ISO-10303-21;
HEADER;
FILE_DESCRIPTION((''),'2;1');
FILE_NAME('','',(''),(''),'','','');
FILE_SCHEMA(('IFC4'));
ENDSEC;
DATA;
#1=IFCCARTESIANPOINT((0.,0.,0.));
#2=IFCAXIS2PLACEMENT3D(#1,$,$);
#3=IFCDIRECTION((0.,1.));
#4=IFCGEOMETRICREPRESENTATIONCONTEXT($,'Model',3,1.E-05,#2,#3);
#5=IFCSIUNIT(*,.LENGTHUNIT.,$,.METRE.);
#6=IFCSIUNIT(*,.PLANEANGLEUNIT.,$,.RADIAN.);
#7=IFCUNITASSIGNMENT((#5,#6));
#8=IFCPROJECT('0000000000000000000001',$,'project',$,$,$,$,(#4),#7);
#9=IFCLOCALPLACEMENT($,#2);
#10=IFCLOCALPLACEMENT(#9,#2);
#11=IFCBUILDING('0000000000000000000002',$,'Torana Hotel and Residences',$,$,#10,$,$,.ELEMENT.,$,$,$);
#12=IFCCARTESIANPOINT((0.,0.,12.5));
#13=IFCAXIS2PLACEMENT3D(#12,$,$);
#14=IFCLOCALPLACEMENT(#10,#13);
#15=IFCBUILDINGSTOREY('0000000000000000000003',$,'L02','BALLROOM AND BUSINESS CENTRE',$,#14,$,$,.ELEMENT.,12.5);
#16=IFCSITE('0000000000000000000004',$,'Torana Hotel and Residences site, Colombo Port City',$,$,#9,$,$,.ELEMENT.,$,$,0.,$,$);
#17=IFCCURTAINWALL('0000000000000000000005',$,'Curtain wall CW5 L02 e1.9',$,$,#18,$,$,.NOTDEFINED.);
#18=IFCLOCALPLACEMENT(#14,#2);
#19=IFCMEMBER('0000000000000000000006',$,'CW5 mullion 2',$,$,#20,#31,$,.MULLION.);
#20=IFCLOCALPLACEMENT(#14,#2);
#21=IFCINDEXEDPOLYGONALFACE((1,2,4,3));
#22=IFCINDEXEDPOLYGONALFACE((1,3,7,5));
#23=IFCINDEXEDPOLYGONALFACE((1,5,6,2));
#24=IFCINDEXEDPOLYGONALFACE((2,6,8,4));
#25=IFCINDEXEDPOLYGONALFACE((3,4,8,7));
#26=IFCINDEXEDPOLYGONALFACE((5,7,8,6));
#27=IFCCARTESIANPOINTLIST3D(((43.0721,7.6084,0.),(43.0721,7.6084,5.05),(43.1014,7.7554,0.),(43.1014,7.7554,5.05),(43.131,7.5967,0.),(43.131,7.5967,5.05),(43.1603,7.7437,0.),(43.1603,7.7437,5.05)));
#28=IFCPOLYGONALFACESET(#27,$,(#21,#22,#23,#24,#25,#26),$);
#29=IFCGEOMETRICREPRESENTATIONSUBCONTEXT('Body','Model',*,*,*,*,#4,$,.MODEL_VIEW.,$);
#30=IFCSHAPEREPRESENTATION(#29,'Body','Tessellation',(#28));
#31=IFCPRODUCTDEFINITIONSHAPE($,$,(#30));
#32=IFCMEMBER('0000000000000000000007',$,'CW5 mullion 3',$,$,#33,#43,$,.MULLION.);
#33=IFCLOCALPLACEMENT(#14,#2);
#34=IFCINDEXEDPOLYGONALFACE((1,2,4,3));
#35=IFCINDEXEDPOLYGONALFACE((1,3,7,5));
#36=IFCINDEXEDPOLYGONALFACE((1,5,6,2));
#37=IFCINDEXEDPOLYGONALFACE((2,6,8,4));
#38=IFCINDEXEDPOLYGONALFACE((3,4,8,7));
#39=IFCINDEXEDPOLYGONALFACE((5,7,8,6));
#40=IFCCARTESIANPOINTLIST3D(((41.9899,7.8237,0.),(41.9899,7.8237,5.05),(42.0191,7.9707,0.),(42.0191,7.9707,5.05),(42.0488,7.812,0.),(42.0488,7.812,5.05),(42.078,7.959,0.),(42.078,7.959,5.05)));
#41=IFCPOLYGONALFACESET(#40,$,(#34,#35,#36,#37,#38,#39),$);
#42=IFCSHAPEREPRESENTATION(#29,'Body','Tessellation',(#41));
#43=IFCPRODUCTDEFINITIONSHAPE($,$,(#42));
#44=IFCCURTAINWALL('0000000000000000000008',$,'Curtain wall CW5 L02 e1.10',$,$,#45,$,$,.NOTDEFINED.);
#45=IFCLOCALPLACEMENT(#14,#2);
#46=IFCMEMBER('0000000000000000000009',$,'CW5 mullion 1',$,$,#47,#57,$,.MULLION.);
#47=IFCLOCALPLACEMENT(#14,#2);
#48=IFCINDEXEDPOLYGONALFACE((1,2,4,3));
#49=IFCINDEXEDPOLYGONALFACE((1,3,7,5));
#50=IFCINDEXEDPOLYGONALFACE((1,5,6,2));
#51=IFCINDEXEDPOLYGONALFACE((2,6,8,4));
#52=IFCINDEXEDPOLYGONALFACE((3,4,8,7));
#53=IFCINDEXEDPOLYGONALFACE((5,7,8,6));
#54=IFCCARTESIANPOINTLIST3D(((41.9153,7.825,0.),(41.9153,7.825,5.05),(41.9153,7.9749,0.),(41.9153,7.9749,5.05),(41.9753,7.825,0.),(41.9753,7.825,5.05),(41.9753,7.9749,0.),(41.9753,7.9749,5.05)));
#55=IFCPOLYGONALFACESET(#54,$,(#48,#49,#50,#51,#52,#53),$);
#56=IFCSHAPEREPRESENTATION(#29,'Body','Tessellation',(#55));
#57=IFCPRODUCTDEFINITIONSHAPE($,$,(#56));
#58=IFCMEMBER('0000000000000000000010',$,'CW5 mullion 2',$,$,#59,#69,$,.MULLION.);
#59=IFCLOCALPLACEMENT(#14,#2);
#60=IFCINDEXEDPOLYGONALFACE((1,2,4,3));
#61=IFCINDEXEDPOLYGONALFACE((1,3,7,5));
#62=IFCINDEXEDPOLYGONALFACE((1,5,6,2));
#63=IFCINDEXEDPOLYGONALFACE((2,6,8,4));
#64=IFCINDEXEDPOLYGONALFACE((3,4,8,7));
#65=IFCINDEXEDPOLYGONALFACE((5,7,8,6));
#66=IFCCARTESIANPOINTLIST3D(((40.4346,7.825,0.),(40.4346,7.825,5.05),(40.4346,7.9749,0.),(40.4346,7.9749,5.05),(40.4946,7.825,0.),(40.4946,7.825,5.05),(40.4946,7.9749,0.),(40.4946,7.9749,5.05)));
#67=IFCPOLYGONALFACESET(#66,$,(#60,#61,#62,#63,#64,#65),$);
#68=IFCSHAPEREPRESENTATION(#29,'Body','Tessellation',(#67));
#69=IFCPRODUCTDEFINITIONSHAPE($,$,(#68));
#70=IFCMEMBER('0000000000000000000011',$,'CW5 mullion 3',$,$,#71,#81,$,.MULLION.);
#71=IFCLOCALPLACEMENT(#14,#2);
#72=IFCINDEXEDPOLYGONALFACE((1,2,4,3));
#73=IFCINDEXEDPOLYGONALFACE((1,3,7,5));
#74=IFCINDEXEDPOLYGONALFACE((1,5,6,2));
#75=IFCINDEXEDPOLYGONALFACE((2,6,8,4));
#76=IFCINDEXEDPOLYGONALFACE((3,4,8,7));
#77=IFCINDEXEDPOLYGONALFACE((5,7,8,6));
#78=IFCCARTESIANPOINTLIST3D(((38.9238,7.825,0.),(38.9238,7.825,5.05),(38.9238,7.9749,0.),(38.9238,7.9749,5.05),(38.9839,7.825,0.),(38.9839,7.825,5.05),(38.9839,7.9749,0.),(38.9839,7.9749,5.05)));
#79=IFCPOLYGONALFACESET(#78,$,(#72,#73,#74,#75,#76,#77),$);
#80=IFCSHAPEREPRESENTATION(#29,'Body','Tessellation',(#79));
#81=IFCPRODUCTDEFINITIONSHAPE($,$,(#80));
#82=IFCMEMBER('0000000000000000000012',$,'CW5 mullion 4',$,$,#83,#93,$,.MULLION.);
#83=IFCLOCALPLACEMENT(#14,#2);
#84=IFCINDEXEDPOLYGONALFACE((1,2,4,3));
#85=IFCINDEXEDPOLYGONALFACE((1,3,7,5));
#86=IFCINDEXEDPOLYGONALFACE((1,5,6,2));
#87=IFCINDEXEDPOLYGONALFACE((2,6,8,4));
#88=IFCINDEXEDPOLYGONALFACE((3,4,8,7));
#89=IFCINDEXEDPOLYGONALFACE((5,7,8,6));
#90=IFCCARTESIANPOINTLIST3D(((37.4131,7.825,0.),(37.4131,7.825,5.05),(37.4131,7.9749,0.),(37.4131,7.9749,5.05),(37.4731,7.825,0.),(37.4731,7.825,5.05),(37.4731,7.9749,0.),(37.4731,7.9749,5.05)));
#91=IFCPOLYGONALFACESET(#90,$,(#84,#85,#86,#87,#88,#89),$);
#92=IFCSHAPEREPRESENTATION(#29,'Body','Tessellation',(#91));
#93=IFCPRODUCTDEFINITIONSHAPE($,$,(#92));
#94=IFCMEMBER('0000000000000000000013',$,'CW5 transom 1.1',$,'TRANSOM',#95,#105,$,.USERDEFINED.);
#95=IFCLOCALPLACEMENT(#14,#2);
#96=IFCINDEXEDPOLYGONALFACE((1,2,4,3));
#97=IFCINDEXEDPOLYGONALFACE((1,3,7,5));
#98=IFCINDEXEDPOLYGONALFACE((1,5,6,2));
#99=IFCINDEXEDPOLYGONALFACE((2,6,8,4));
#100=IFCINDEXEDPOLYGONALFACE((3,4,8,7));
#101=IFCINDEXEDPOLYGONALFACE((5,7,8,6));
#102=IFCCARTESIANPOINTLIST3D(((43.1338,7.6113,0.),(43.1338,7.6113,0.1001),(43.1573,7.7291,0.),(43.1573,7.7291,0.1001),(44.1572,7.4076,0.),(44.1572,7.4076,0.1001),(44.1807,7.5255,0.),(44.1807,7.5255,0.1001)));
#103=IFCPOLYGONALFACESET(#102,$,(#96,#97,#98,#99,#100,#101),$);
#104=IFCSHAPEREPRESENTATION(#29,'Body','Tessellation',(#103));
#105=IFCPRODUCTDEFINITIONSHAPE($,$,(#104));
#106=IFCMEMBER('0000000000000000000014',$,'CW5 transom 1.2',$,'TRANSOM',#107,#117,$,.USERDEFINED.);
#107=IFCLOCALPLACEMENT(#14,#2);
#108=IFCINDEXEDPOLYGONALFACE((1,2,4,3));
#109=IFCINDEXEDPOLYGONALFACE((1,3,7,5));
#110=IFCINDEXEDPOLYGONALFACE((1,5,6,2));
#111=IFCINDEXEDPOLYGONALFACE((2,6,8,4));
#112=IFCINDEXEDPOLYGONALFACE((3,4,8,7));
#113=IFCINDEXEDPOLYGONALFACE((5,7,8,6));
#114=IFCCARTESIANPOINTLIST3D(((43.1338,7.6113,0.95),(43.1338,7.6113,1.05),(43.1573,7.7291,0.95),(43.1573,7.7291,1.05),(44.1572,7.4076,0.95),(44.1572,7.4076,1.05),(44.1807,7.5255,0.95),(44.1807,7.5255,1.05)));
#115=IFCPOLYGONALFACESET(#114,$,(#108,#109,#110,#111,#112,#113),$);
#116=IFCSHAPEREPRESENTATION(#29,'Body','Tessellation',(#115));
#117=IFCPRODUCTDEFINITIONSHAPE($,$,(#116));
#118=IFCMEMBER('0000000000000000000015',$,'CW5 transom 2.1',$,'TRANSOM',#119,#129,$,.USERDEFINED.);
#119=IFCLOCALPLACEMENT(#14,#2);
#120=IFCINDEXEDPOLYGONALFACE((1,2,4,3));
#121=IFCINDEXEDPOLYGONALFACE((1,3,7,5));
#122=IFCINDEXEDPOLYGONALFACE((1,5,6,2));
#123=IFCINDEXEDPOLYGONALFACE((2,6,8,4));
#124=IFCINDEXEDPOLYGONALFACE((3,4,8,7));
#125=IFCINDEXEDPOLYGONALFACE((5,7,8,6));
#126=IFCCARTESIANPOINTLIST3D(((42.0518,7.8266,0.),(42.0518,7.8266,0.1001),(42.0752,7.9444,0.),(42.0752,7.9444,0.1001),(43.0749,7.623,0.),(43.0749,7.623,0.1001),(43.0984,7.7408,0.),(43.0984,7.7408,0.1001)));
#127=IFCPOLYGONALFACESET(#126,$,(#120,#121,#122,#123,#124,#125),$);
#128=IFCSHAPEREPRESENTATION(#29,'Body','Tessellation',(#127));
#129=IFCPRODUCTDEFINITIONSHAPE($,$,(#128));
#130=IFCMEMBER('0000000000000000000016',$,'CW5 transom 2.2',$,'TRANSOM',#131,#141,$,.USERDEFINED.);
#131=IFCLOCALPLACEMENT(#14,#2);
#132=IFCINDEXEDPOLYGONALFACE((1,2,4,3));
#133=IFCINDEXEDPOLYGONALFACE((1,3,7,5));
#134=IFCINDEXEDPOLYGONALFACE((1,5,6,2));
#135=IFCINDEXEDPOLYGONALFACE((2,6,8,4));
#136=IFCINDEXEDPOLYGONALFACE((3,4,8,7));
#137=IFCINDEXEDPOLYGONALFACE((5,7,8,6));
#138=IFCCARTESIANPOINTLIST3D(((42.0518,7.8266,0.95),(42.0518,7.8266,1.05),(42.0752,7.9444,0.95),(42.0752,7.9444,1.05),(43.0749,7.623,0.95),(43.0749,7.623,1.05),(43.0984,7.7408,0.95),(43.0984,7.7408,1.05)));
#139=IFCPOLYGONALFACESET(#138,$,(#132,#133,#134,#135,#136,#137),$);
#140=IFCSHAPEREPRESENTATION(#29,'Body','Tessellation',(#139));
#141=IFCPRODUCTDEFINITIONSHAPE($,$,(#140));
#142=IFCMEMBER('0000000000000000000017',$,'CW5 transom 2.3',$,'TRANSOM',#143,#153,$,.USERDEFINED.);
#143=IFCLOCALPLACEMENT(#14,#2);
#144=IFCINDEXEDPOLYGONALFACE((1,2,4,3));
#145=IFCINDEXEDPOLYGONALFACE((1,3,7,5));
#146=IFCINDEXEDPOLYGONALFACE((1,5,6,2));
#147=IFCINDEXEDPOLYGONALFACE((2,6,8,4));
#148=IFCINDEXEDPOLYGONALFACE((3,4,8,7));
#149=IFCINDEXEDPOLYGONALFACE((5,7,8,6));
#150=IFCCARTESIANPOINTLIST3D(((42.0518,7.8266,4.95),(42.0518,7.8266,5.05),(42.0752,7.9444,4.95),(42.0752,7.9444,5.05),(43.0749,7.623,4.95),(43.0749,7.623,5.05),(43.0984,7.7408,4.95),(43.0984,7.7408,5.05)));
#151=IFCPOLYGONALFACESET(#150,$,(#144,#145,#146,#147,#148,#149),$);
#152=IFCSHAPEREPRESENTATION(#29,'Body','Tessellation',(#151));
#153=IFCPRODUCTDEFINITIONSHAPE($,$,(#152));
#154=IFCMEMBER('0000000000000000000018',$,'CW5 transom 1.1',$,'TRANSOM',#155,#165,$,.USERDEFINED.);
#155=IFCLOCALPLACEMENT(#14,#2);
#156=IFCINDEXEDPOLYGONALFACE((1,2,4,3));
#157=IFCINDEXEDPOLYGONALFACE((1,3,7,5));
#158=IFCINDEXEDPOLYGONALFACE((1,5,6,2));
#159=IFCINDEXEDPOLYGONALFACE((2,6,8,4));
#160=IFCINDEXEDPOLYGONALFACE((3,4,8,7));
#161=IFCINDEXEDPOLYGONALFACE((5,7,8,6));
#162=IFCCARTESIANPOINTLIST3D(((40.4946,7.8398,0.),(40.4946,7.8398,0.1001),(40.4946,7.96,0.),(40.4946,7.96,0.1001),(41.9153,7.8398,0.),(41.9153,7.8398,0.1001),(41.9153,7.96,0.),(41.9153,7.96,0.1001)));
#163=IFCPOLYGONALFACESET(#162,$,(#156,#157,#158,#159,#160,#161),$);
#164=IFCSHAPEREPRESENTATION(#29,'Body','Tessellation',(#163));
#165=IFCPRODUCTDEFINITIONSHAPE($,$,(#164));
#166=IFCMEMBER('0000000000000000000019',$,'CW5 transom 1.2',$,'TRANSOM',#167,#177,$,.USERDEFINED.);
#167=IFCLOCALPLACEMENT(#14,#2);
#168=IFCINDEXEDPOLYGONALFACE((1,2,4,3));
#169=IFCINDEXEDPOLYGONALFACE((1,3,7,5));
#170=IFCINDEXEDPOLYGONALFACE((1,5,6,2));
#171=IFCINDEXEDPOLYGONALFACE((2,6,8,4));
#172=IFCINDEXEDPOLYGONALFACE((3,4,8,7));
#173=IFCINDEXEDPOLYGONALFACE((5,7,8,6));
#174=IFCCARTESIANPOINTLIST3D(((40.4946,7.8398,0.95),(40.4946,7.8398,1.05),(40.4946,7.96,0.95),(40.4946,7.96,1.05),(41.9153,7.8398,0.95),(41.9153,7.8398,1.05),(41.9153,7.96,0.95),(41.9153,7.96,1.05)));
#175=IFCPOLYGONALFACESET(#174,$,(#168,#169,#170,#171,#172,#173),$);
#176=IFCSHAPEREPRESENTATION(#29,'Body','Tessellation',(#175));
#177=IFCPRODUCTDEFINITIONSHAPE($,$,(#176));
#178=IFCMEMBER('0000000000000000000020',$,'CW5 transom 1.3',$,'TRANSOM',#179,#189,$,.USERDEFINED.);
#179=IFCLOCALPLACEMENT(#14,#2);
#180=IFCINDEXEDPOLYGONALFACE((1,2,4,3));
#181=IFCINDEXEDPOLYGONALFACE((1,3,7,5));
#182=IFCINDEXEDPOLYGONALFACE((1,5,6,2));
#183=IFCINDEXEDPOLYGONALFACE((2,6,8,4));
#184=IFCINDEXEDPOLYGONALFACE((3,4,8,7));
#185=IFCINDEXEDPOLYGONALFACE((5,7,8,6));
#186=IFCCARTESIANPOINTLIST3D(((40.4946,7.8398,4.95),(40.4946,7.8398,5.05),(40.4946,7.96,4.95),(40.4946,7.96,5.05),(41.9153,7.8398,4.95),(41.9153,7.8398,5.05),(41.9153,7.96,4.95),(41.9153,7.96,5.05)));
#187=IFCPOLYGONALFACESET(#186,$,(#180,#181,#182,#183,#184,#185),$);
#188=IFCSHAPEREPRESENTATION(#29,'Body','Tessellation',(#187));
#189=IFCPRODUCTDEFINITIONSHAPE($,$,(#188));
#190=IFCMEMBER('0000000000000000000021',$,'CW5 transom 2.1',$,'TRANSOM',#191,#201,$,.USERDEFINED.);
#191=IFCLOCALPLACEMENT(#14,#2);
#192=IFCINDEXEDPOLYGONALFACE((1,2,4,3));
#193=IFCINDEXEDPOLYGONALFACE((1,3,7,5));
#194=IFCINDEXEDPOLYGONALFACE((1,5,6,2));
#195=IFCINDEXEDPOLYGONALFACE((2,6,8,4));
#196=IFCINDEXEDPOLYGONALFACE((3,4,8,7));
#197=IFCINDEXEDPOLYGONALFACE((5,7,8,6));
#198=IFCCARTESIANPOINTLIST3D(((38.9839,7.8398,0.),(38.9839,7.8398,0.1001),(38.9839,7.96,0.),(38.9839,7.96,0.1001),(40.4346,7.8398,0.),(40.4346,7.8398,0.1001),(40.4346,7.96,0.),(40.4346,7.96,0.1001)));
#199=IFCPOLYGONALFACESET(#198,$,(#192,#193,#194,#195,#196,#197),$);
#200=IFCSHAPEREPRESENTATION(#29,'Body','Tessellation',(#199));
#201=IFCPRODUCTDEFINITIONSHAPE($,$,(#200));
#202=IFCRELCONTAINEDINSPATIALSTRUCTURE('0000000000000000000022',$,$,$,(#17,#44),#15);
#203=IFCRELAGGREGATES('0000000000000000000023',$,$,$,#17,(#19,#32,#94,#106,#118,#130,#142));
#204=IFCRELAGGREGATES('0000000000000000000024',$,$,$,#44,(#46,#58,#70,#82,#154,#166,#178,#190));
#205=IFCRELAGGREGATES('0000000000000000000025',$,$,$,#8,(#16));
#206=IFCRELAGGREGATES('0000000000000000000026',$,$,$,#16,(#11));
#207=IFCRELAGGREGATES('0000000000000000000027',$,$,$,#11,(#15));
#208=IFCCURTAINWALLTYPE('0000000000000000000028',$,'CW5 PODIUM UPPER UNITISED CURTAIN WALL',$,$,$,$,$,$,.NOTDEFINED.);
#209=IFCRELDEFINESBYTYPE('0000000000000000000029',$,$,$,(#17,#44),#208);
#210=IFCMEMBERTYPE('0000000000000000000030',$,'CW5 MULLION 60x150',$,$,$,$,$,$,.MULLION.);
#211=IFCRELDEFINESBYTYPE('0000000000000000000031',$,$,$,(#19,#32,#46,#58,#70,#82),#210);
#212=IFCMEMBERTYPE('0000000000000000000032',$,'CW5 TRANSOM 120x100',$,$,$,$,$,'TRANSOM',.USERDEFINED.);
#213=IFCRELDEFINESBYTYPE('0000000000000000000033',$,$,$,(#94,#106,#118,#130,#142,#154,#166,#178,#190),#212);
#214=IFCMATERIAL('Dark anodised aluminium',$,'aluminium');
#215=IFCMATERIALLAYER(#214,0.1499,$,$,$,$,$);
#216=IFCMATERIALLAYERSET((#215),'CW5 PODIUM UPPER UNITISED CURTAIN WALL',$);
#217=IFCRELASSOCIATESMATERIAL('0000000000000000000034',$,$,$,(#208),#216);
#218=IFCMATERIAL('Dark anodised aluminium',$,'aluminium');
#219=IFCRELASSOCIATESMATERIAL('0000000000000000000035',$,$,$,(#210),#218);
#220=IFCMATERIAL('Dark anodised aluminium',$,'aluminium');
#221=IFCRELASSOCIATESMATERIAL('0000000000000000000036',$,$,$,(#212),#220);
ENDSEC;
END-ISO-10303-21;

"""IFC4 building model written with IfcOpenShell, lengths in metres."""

from ifc_helpers import new_model, si_unit, direction, frame, origin, origin_2d, place, context, subcontext, project, spatial, rectangle, extrude, material, layer, layer_set, material_profile, profile_set, type_object, element, aggregate, save


model = new_model("IFC4")

# Units and contexts
model_context = context("Model", 3, precision=1e-05, world=origin(), true_north=direction((0.0, 1.0)))
body_context = subcontext(model_context, "Body", "Model", "MODEL_VIEW")
ifc_project = project(units=[si_unit("LENGTHUNIT", "METRE"), si_unit("PLANEANGLEUNIT", "RADIAN")], contexts=[model_context])

# Site, building, storey
site_placement = place(None, origin())
site = spatial("IfcSite", under=ifc_project, at=site_placement, Name="Torana Hotel and Residences site, Colombo Port City", CompositionType="ELEMENT", RefElevation=0.0)
building_placement = place(site_placement, origin())
building = spatial("IfcBuilding", under=site, at=building_placement, Name="Torana Hotel and Residences", CompositionType="ELEMENT")
storey_placement = place(building_placement, frame((0.0, 0.0, 12.5)))
storey = spatial("IfcBuildingStorey", under=building, at=storey_placement, Name="L02", Description="BALLROOM AND BUSINESS CENTRE", CompositionType="ELEMENT", Elevation=12.5)

# Curtain walls, members
ifc_material_1 = material(Name="Dark anodised aluminium", Category="aluminium")
ifc_layer_1 = layer(ifc_material_1, 0.1499)
ifc_layer_set_1 = layer_set([ifc_layer_1], Name="CW5 PODIUM UPPER UNITISED CURTAIN WALL")
curtain_wall_type = type_object("IfcCurtainWallType", Name="CW5 PODIUM UPPER UNITISED CURTAIN WALL", PredefinedType="NOTDEFINED", material=ifc_layer_set_1)
curtain_wall_1_placement = place(storey_placement, origin())
curtain_wall_1 = element("IfcCurtainWall", 1, at=curtain_wall_1_placement, inside=storey, type_object=curtain_wall_type, Name="Curtain wall CW5 L02 e1.9", PredefinedType="NOTDEFINED")
ifc_material_2 = material(Name="Dark anodised aluminium", Category="aluminium")
ifc_material_profile_1 = material_profile(ifc_material_2, rectangle(XDim=0.1499, YDim=0.0601, at=origin_2d()), Name="CW5 MULLION 60x150")
ifc_profile_set_1 = profile_set([ifc_material_profile_1], Name="Dark anodised aluminium")
member_type_1 = type_object("IfcMemberType", Name="CW5 MULLION 60x150", PredefinedType="MULLION", material=ifc_profile_set_1)
member_1_placement = place(storey_placement, frame((43.1162, 7.676, 0.0), z_axis=(0.0, 0.0, 1.0), x_axis=(-0.195081, -0.980787, 0.0)))
member_1 = element("IfcMember", 2, at=member_1_placement, type_object=member_type_1, Name="CW5 mullion 2", PredefinedType="MULLION", context=body_context, shape_type="SweptSolid", body=[
    extrude(rectangle(XDim=0.1499, YDim=0.0601, at=origin_2d()), origin(), (0.0, 0.0, 1.0), 5.05),
])
member_2_placement = place(storey_placement, frame((42.0339, 7.8914, 0.0), z_axis=(0.0, 0.0, 1.0), x_axis=(-0.195081, -0.980787, 0.0)))
member_2 = element("IfcMember", 3, at=member_2_placement, type_object=member_type_1, Name="CW5 mullion 3", PredefinedType="MULLION", context=body_context, shape_type="SweptSolid", body=[
    extrude(rectangle(XDim=0.1499, YDim=0.0601, at=origin_2d()), origin(), (0.0, 0.0, 1.0), 5.05),
])
curtain_wall_2_placement = place(storey_placement, origin())
curtain_wall_2 = element("IfcCurtainWall", 4, at=curtain_wall_2_placement, inside=storey, type_object=curtain_wall_type, Name="Curtain wall CW5 L02 e1.10", PredefinedType="NOTDEFINED")
member_3_placement = place(storey_placement, frame((41.9453, 7.8999, 0.0), z_axis=(0.0, 0.0, 1.0), x_axis=(0.0, -1.0, 0.0)))
member_3 = element("IfcMember", 5, at=member_3_placement, type_object=member_type_1, Name="CW5 mullion 1", PredefinedType="MULLION", context=body_context, shape_type="SweptSolid", body=[
    extrude(rectangle(XDim=0.1499, YDim=0.0601, at=origin_2d()), origin(), (0.0, 0.0, 1.0), 5.05),
])
member_4_placement = place(storey_placement, frame((40.4646, 7.8999, 0.0), z_axis=(0.0, 0.0, 1.0), x_axis=(0.0, -1.0, 0.0)))
member_4 = element("IfcMember", 6, at=member_4_placement, type_object=member_type_1, Name="CW5 mullion 2", PredefinedType="MULLION", context=body_context, shape_type="SweptSolid", body=[
    extrude(rectangle(XDim=0.1499, YDim=0.0601, at=origin_2d()), origin(), (0.0, 0.0, 1.0), 5.05),
])
member_5_placement = place(storey_placement, frame((38.9539, 7.8999, 0.0), z_axis=(0.0, 0.0, 1.0), x_axis=(0.0, -1.0, 0.0)))
member_5 = element("IfcMember", 7, at=member_5_placement, type_object=member_type_1, Name="CW5 mullion 3", PredefinedType="MULLION", context=body_context, shape_type="SweptSolid", body=[
    extrude(rectangle(XDim=0.1499, YDim=0.0601, at=origin_2d()), origin(), (0.0, 0.0, 1.0), 5.05),
])
member_6_placement = place(storey_placement, frame((37.4431, 7.8999, 0.0), z_axis=(0.0, 0.0, 1.0), x_axis=(0.0, -1.0, 0.0)))
member_6 = element("IfcMember", 8, at=member_6_placement, type_object=member_type_1, Name="CW5 mullion 4", PredefinedType="MULLION", context=body_context, shape_type="SweptSolid", body=[
    extrude(rectangle(XDim=0.1499, YDim=0.0601, at=origin_2d()), origin(), (0.0, 0.0, 1.0), 5.05),
])

# Members
ifc_material_3 = material(Name="Dark anodised aluminium", Category="aluminium")
ifc_material_profile_2 = material_profile(ifc_material_3, rectangle(XDim=0.1201, YDim=0.1001, at=origin_2d()), Name="CW5 TRANSOM 120x100")
ifc_profile_set_2 = profile_set([ifc_material_profile_2], Name="Dark anodised aluminium")
member_type_2 = type_object("IfcMemberType", Name="CW5 TRANSOM 120x100", ElementType="TRANSOM", PredefinedType="USERDEFINED", material=ifc_profile_set_2)
member_7_placement = place(storey_placement, frame((44.1689, 7.4666, 0.05), z_axis=(-0.980778, 0.195126, 0.0), x_axis=(-0.195126, -0.980778, 0.0)))
member_7 = element("IfcMember", 9, at=member_7_placement, type_object=member_type_2, Name="CW5 transom 1.1", ObjectType="TRANSOM", PredefinedType="USERDEFINED", context=body_context, shape_type="SweptSolid", body=[
    extrude(rectangle(XDim=0.1201, YDim=0.1001, at=origin_2d()), origin(), (0.0, 0.0, 1.0), 1.0435),
])
member_8_placement = place(storey_placement, frame((44.1689, 7.4666, 1.0), z_axis=(-0.980778, 0.195126, 0.0), x_axis=(-0.195126, -0.980778, 0.0)))
member_8 = element("IfcMember", 10, at=member_8_placement, type_object=member_type_2, Name="CW5 transom 1.2", ObjectType="TRANSOM", PredefinedType="USERDEFINED", context=body_context, shape_type="SweptSolid", body=[
    extrude(rectangle(XDim=0.1201, YDim=0.1001, at=origin_2d()), origin(), (0.0, 0.0, 1.0), 1.0435),
])
member_9_placement = place(storey_placement, frame((43.0867, 7.6819, 0.05), z_axis=(-0.980769, 0.195171, 0.0), x_axis=(-0.195171, -0.980769, 0.0)))
member_9 = element("IfcMember", 11, at=member_9_placement, type_object=member_type_2, Name="CW5 transom 2.1", ObjectType="TRANSOM", PredefinedType="USERDEFINED", context=body_context, shape_type="SweptSolid", body=[
    extrude(rectangle(XDim=0.1201, YDim=0.1001, at=origin_2d()), origin(), (0.0, 0.0, 1.0), 1.0432),
])
member_10_placement = place(storey_placement, frame((43.0867, 7.6819, 1.0), z_axis=(-0.980769, 0.195171, 0.0), x_axis=(-0.195171, -0.980769, 0.0)))
member_10 = element("IfcMember", 12, at=member_10_placement, type_object=member_type_2, Name="CW5 transom 2.2", ObjectType="TRANSOM", PredefinedType="USERDEFINED", context=body_context, shape_type="SweptSolid", body=[
    extrude(rectangle(XDim=0.1201, YDim=0.1001, at=origin_2d()), origin(), (0.0, 0.0, 1.0), 1.0432),
])
member_11_placement = place(storey_placement, frame((43.0867, 7.6819, 5.0), z_axis=(-0.980769, 0.195171, 0.0), x_axis=(-0.195171, -0.980769, 0.0)))
member_11 = element("IfcMember", 13, at=member_11_placement, type_object=member_type_2, Name="CW5 transom 2.3", ObjectType="TRANSOM", PredefinedType="USERDEFINED", context=body_context, shape_type="SweptSolid", body=[
    extrude(rectangle(XDim=0.1201, YDim=0.1001, at=origin_2d()), origin(), (0.0, 0.0, 1.0), 1.0432),
])
member_12_placement = place(storey_placement, frame((41.9153, 7.8999, 0.05), z_axis=(-1.0, 0.0, 0.0), x_axis=(0.0, -1.0, 0.0)))
member_12 = element("IfcMember", 14, at=member_12_placement, type_object=member_type_2, Name="CW5 transom 1.1", ObjectType="TRANSOM", PredefinedType="USERDEFINED", context=body_context, shape_type="SweptSolid", body=[
    extrude(rectangle(XDim=0.1201, YDim=0.1001, at=origin_2d()), origin(), (0.0, 0.0, 1.0), 1.4207),
])
member_13_placement = place(storey_placement, frame((41.9153, 7.8999, 1.0), z_axis=(-1.0, 0.0, 0.0), x_axis=(0.0, -1.0, 0.0)))
member_13 = element("IfcMember", 15, at=member_13_placement, type_object=member_type_2, Name="CW5 transom 1.2", ObjectType="TRANSOM", PredefinedType="USERDEFINED", context=body_context, shape_type="SweptSolid", body=[
    extrude(rectangle(XDim=0.1201, YDim=0.1001, at=origin_2d()), origin(), (0.0, 0.0, 1.0), 1.4207),
])
member_14_placement = place(storey_placement, frame((41.9153, 7.8999, 5.0), z_axis=(-1.0, 0.0, 0.0), x_axis=(0.0, -1.0, 0.0)))
member_14 = element("IfcMember", 16, at=member_14_placement, type_object=member_type_2, Name="CW5 transom 1.3", ObjectType="TRANSOM", PredefinedType="USERDEFINED", context=body_context, shape_type="SweptSolid", body=[
    extrude(rectangle(XDim=0.1201, YDim=0.1001, at=origin_2d()), origin(), (0.0, 0.0, 1.0), 1.4207),
])
member_15_placement = place(storey_placement, frame((40.4346, 7.8999, 0.05), z_axis=(-1.0, 0.0, 0.0), x_axis=(0.0, -1.0, 0.0)))
member_15 = element("IfcMember", 17, at=member_15_placement, type_object=member_type_2, Name="CW5 transom 2.1", ObjectType="TRANSOM", PredefinedType="USERDEFINED", context=body_context, shape_type="SweptSolid", body=[
    extrude(rectangle(XDim=0.1201, YDim=0.1001, at=origin_2d()), origin(), (0.0, 0.0, 1.0), 1.4507),
])

aggregate(curtain_wall_1, [member_1, member_2, member_7, member_8, member_9, member_10, member_11])
aggregate(curtain_wall_2, [member_3, member_4, member_5, member_6, member_12, member_13, member_14, member_15])

save(model, "model.ifc")
